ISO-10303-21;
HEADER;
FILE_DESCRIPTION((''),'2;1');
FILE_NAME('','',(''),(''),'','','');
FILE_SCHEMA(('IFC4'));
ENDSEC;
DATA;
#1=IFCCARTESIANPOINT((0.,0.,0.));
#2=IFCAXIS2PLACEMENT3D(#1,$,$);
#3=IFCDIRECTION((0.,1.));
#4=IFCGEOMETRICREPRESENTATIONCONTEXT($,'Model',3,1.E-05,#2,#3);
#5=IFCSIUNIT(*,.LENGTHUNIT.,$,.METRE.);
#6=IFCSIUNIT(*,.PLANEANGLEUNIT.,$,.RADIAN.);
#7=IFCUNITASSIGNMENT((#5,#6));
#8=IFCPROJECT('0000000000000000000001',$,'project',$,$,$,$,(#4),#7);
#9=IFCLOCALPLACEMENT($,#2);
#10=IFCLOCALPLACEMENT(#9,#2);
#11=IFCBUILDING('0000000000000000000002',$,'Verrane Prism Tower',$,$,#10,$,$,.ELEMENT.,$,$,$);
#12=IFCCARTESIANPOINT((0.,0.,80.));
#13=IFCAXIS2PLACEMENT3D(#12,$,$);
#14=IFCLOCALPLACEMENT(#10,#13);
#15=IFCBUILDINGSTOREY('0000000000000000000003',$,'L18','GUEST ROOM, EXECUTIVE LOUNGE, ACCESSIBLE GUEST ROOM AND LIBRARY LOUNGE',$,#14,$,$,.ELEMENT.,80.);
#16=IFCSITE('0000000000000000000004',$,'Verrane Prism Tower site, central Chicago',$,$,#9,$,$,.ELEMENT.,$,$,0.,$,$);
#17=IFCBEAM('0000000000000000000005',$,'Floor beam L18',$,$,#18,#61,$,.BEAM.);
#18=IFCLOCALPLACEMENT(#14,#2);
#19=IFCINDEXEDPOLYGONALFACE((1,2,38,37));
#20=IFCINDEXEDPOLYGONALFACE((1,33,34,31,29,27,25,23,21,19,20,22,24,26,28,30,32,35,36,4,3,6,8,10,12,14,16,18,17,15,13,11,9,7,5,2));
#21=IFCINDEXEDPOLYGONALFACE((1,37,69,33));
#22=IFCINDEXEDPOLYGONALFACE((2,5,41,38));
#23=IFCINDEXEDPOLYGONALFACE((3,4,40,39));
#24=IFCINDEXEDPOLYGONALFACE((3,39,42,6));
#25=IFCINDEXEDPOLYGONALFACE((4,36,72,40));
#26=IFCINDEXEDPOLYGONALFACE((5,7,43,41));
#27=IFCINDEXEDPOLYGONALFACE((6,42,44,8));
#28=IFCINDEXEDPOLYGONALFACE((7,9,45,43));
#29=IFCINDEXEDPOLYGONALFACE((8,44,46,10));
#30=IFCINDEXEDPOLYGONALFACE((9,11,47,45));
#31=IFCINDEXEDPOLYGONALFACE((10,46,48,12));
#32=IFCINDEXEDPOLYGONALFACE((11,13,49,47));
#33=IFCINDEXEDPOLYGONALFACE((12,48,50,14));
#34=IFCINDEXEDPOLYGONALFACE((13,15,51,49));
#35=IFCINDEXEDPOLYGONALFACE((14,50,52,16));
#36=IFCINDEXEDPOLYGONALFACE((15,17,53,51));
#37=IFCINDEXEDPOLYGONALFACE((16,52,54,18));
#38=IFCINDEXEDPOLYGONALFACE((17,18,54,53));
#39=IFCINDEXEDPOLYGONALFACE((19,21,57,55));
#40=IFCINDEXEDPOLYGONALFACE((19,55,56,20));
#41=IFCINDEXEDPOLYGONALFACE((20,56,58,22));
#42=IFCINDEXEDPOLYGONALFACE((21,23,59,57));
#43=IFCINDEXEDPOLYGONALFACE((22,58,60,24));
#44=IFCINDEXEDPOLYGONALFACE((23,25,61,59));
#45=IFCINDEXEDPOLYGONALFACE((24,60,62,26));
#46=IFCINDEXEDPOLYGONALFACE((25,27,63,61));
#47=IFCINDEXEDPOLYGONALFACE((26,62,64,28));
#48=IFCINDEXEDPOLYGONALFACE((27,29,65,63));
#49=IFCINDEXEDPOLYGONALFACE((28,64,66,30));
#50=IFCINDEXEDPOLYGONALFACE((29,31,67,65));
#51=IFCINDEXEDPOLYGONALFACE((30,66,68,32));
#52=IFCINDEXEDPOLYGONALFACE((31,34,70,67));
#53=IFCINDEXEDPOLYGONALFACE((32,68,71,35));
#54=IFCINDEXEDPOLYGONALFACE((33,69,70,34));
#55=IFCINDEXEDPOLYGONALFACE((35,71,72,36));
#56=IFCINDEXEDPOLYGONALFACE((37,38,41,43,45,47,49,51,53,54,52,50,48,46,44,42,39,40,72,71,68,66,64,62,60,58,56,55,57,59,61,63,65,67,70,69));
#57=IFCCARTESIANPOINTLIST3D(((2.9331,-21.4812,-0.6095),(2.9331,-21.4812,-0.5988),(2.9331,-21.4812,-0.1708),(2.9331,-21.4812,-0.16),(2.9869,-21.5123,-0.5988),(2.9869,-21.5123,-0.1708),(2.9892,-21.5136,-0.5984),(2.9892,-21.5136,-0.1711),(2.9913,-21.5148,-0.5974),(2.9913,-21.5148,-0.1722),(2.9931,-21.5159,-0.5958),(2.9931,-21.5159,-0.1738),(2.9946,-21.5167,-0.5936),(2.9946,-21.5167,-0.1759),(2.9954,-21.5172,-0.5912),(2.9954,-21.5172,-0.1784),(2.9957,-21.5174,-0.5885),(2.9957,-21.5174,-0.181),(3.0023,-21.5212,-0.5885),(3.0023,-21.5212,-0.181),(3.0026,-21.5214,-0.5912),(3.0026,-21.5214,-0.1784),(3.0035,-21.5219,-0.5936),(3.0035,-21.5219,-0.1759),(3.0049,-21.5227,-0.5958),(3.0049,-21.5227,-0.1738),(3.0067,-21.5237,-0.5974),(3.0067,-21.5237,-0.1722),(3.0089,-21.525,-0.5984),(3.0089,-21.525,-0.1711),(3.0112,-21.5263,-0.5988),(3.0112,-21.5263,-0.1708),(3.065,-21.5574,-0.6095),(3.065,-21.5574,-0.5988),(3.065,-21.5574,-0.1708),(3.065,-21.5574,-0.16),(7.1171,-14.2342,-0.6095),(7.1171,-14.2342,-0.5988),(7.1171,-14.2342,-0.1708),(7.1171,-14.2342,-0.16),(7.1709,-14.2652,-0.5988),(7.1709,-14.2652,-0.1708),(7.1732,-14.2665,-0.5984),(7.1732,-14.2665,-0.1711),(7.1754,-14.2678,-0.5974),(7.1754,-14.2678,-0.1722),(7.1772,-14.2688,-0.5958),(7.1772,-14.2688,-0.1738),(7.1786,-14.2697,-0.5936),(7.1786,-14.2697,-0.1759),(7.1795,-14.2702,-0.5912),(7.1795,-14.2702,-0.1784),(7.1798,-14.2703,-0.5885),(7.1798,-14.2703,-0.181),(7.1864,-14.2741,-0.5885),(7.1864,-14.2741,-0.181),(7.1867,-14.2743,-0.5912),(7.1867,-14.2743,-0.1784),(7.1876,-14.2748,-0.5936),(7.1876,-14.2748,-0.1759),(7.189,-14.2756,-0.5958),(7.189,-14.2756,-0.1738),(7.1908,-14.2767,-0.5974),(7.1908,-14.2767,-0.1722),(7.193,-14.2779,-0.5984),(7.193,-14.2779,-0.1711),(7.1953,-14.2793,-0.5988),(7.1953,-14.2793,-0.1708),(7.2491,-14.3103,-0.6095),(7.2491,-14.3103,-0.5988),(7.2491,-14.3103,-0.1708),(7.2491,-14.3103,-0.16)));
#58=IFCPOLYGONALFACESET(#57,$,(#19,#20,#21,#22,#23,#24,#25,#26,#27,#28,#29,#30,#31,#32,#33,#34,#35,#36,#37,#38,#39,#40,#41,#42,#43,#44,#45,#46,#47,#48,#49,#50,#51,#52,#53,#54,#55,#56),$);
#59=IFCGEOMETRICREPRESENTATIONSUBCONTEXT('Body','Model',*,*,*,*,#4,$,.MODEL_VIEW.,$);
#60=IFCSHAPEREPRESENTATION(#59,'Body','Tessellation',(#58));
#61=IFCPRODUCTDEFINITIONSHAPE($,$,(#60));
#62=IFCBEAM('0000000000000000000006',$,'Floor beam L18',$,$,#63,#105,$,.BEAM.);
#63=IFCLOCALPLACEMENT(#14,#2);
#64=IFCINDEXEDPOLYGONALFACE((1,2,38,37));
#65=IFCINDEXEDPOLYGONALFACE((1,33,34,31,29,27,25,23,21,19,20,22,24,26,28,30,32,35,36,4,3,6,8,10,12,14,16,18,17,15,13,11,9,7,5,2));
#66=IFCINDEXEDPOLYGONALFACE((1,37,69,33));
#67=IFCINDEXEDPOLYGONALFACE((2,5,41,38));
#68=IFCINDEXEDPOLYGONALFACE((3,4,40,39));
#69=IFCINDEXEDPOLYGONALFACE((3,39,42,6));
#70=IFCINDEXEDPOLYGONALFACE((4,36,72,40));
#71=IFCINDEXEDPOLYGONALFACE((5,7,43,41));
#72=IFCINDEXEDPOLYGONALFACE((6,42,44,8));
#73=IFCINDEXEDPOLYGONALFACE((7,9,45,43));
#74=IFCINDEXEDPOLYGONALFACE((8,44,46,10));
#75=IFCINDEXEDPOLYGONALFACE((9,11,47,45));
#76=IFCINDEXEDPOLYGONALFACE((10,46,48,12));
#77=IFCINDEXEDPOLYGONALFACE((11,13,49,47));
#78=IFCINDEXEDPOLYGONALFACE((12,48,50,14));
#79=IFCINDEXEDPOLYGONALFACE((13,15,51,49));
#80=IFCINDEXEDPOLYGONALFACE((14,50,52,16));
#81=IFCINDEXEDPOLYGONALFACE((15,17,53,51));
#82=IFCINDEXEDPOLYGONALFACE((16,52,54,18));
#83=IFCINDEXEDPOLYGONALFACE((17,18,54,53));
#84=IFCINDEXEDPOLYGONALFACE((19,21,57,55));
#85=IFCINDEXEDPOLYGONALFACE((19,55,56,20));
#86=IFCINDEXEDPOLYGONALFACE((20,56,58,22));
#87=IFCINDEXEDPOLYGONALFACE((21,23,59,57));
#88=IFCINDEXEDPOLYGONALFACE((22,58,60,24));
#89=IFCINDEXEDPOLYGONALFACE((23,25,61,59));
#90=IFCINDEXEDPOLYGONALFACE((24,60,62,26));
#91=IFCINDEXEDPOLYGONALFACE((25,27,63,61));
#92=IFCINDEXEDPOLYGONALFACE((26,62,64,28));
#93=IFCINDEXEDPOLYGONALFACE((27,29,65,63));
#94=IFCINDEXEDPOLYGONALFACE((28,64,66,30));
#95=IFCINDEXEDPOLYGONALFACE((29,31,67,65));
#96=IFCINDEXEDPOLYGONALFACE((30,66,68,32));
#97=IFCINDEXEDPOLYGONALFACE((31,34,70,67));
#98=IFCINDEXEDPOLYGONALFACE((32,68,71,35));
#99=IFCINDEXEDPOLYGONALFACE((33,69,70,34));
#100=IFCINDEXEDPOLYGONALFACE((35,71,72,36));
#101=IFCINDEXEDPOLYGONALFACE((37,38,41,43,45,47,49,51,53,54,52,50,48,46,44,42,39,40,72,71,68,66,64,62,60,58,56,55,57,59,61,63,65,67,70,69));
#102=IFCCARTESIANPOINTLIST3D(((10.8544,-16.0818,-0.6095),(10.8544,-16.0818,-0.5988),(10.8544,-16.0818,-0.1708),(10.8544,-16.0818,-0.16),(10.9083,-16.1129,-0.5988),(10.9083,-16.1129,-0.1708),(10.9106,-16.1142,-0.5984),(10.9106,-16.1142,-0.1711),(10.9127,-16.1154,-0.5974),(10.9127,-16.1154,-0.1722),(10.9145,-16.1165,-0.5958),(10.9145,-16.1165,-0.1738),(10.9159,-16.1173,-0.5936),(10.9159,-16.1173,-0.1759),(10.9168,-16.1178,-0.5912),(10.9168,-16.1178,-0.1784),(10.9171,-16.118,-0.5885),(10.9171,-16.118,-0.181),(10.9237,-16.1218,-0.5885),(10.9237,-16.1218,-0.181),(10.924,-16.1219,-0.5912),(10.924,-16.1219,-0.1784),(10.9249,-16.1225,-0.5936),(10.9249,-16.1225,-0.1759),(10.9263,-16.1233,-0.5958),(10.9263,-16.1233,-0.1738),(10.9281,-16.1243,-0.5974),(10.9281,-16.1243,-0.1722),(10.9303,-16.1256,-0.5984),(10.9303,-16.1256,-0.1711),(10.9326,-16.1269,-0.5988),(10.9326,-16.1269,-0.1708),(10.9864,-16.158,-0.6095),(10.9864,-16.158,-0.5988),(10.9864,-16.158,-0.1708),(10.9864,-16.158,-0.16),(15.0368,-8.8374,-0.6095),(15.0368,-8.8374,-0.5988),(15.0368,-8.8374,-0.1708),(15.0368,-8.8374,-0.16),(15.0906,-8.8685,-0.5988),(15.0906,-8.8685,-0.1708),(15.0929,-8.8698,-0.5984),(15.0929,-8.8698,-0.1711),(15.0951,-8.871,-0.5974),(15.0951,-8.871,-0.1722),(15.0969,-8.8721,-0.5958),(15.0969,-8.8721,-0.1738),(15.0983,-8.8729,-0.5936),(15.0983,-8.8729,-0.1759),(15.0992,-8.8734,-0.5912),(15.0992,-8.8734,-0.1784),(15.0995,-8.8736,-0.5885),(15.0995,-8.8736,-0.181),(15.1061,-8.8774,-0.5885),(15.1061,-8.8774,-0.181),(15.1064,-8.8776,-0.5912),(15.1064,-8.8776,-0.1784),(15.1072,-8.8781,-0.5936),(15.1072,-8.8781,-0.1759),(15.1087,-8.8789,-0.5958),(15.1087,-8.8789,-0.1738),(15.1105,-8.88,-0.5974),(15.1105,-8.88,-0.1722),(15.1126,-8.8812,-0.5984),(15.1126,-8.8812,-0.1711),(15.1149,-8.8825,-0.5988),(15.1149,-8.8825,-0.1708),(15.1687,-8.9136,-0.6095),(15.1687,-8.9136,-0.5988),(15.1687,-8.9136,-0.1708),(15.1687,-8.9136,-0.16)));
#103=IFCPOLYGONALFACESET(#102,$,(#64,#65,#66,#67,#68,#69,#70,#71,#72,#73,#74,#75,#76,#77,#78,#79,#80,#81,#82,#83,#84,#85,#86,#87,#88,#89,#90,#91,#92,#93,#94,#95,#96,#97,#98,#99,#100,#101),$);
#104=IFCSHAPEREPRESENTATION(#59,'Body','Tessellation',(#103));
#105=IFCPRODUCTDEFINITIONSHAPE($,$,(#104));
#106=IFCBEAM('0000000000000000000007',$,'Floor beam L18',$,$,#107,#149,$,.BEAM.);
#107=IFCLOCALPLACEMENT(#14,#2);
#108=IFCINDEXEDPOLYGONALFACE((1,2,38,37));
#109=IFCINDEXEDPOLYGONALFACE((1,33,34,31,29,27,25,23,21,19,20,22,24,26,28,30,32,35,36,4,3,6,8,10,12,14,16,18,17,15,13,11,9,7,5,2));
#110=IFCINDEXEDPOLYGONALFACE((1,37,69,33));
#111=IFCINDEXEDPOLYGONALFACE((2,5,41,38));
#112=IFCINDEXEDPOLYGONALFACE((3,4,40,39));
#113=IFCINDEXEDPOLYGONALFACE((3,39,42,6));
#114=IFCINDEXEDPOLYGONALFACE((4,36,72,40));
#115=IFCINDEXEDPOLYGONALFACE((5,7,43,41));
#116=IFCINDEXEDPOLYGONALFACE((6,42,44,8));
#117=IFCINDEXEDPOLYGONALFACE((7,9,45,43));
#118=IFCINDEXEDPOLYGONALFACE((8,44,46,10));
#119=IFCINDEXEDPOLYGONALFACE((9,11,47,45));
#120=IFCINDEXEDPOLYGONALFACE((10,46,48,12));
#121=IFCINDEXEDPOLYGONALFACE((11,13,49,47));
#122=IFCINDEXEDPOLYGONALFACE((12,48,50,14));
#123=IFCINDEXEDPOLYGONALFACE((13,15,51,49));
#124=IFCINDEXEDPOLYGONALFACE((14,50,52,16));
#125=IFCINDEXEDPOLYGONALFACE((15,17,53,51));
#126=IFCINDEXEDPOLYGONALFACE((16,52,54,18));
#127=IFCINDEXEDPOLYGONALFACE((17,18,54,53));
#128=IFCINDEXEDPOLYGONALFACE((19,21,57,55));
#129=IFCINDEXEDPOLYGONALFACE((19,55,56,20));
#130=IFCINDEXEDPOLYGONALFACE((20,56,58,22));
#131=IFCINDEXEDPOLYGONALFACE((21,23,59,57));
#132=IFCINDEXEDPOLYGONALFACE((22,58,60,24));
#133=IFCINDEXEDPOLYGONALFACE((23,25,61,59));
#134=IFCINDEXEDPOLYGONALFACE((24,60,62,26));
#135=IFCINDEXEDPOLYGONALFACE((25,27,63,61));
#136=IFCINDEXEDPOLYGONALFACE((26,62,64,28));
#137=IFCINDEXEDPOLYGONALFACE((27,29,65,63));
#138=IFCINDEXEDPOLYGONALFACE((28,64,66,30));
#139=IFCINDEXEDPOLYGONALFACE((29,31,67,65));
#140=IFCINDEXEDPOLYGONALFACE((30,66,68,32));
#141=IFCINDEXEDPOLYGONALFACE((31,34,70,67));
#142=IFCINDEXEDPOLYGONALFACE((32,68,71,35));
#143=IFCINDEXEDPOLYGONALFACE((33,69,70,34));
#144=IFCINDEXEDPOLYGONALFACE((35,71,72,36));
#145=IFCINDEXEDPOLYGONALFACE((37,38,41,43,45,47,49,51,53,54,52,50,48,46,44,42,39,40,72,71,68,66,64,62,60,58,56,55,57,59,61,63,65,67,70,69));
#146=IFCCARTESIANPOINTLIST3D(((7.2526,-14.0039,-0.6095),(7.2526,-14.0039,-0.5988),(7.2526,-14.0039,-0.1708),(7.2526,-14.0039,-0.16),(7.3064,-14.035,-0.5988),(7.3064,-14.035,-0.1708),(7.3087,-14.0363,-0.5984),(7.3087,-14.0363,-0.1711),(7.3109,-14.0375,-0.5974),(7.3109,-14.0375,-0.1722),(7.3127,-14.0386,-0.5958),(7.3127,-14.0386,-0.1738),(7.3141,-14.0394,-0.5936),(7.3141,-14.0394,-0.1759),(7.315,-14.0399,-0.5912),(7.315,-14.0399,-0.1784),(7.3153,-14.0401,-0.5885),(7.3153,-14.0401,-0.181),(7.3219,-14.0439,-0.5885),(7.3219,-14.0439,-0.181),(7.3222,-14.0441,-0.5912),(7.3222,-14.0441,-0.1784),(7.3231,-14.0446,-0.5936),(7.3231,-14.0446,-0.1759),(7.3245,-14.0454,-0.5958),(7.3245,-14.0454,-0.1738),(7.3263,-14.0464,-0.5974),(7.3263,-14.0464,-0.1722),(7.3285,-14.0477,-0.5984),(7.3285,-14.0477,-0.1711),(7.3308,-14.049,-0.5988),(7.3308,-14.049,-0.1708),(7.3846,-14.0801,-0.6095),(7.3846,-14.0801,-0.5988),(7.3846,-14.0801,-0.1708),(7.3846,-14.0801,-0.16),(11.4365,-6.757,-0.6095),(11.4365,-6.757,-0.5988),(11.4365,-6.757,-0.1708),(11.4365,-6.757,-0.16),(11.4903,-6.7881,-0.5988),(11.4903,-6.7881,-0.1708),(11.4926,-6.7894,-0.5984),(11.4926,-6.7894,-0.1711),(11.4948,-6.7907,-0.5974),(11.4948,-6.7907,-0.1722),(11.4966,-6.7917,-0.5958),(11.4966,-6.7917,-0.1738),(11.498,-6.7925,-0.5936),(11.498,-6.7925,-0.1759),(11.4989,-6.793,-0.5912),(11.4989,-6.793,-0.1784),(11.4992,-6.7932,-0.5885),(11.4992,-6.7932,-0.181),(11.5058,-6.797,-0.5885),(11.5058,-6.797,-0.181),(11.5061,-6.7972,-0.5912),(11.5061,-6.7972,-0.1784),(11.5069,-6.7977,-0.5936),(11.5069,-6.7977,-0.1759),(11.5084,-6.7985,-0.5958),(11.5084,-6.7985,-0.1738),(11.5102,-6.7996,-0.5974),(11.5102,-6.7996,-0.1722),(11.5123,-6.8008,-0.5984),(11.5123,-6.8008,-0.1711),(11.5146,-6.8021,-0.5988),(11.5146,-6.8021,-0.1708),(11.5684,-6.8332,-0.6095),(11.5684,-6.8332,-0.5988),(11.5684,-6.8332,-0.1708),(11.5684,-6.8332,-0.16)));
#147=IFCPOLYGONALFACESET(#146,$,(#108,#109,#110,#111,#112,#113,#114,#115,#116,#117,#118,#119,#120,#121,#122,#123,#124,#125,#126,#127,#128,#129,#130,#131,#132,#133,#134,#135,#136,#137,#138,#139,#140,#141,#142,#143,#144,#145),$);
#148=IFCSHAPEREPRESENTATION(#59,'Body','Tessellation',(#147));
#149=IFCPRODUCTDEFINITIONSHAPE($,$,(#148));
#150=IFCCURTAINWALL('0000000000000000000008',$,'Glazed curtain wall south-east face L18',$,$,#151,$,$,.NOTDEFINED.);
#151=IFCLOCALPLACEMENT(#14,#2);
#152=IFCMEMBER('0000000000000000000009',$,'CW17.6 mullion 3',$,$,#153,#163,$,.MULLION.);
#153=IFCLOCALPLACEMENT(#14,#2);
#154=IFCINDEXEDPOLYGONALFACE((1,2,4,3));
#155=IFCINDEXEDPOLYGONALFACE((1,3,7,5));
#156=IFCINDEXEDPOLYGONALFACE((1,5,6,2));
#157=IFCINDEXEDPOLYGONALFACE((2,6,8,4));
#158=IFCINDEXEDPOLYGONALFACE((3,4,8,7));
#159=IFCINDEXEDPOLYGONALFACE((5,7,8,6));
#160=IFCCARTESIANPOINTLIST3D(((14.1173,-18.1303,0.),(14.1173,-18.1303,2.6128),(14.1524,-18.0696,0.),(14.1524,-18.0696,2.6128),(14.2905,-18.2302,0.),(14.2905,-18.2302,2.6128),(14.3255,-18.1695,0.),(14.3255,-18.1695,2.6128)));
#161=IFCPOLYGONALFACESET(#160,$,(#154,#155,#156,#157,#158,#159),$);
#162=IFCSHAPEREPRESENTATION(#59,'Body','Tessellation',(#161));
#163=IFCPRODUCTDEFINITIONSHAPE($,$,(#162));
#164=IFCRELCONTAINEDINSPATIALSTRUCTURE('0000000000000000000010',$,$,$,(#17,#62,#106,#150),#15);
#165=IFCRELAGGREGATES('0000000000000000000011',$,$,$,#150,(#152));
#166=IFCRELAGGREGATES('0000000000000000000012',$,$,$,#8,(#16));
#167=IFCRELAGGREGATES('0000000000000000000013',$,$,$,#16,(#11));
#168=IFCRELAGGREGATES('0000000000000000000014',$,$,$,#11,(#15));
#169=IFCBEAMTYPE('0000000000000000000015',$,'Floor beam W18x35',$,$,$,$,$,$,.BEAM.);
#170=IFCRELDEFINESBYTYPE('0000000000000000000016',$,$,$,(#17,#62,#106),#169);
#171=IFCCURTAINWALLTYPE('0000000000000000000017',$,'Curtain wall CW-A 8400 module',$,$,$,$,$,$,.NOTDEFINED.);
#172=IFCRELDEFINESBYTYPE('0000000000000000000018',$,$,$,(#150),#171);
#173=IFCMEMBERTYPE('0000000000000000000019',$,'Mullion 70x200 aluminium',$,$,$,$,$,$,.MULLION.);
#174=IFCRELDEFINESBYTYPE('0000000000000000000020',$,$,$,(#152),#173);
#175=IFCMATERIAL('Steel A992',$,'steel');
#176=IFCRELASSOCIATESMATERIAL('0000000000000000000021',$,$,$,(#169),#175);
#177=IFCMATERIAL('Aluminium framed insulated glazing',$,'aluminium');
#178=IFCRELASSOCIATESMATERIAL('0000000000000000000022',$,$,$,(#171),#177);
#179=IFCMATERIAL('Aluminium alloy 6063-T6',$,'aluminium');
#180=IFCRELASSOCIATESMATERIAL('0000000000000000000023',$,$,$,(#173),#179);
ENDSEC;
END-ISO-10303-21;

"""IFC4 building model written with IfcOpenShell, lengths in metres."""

from ifc_helpers import new_model, si_unit, direction, frame, origin, origin_2d, place, context, subcontext, project, spatial, rectangle, i_section, extrude, material, material_profile, profile_set, type_object, element, aggregate, save


model = new_model("IFC4")

# Units and contexts
model_context = context("Model", 3, precision=1e-05, world=origin(), true_north=direction((0.0, 1.0)))
body_context = subcontext(model_context, "Body", "Model", "MODEL_VIEW")
ifc_project = project(units=[si_unit("LENGTHUNIT", "METRE"), si_unit("PLANEANGLEUNIT", "RADIAN")], contexts=[model_context])

# Site, building, storey
site_placement = place(None, origin())
site = spatial("IfcSite", under=ifc_project, at=site_placement, Name="Verrane Prism Tower site, central Chicago", CompositionType="ELEMENT", RefElevation=0.0)
building_placement = place(site_placement, origin())
building = spatial("IfcBuilding", under=site, at=building_placement, Name="Verrane Prism Tower", CompositionType="ELEMENT")
storey_placement = place(building_placement, frame((0.0, 0.0, 80.0)))
storey = spatial("IfcBuildingStorey", under=building, at=storey_placement, Name="L18", Description="GUEST ROOM, EXECUTIVE LOUNGE, ACCESSIBLE GUEST ROOM AND LIBRARY LOUNGE", CompositionType="ELEMENT", Elevation=80.0)

# Beams
ifc_material_1 = material(Name="Steel A992", Category="steel")
ifc_material_profile_1 = material_profile(ifc_material_1, i_section(OverallWidth=0.1523, OverallDepth=0.4495, WebThickness=0.0076, FlangeThickness=0.0107, FilletRadius=0.0103, at=origin_2d()), Name="W18x35")
ifc_profile_set_1 = profile_set([ifc_material_profile_1], Name="Steel A992")
beam_type_1 = type_object("IfcBeamType", Name="Floor beam W18x35", PredefinedType="BEAM", material=ifc_profile_set_1)
beam_1_placement = place(storey_placement, frame((2.999, -21.5193, -0.3848), z_axis=(0.499999, 0.866026, 0.0), x_axis=(-0.866026, 0.499999, 0.0)))
element("IfcBeam", 1, at=beam_1_placement, inside=storey, type_object=beam_type_1, Name="Floor beam L18", PredefinedType="BEAM", context=body_context, shape_type="SweptSolid", body=[
    extrude(i_section(OverallWidth=0.1523, OverallDepth=0.4495, WebThickness=0.0076, FlangeThickness=0.0107, FilletRadius=0.0103, at=origin_2d()), origin(), (0.0, 0.0, 1.0), 8.3682),
])
beam_2_placement = place(storey_placement, frame((10.9204, -16.1199, -0.3848), z_axis=(0.499984, 0.866034, 0.0), x_axis=(-0.866034, 0.499984, 0.0)))
element("IfcBeam", 2, at=beam_2_placement, inside=storey, type_object=beam_type_1, Name="Floor beam L18", PredefinedType="BEAM", context=body_context, shape_type="SweptSolid", body=[
    extrude(i_section(OverallWidth=0.1523, OverallDepth=0.4495, WebThickness=0.0076, FlangeThickness=0.0107, FilletRadius=0.0103, at=origin_2d()), origin(), (0.0, 0.0, 1.0), 8.365),
])
beam_3_placement = place(storey_placement, frame((7.3186, -14.042, -0.3848), z_axis=(0.499989, 0.866032, 0.0), x_axis=(-0.866032, 0.499989, 0.0)))
element("IfcBeam", 3, at=beam_3_placement, inside=storey, type_object=beam_type_1, Name="Floor beam L18", PredefinedType="BEAM", context=body_context, shape_type="SweptSolid", body=[
    extrude(i_section(OverallWidth=0.1523, OverallDepth=0.4495, WebThickness=0.0076, FlangeThickness=0.0107, FilletRadius=0.0103, at=origin_2d()), origin(), (0.0, 0.0, 1.0), 8.3679),
])

# Curtain wall, member
ifc_material_2 = material(Name="Aluminium framed insulated glazing", Category="aluminium")
curtain_wall_type = type_object("IfcCurtainWallType", Name="Curtain wall CW-A 8400 module", PredefinedType="NOTDEFINED", material=ifc_material_2)
curtain_wall_placement = place(storey_placement, origin())
curtain_wall = element("IfcCurtainWall", 4, at=curtain_wall_placement, inside=storey, type_object=curtain_wall_type, Name="Glazed curtain wall south-east face L18", PredefinedType="NOTDEFINED")
ifc_material_3 = material(Name="Aluminium alloy 6063-T6", Category="aluminium")
ifc_material_profile_2 = material_profile(ifc_material_3, rectangle(XDim=0.2, YDim=0.0701, at=origin_2d()), Name="Mullion 70x200 aluminium")
ifc_profile_set_2 = profile_set([ifc_material_profile_2], Name="Aluminium alloy 6063-T6")
member_type_1 = type_object("IfcMemberType", Name="Mullion 70x200 aluminium", PredefinedType="MULLION", material=ifc_profile_set_2)
member_1_placement = place(storey_placement, frame((14.2214, -18.1499, 0.0), z_axis=(0.0, 0.0, 1.0), x_axis=(-0.866026, 0.499999, 0.0)))
member_1 = element("IfcMember", 5, at=member_1_placement, type_object=member_type_1, Name="CW17.6 mullion 3", PredefinedType="MULLION", context=body_context, shape_type="SweptSolid", body=[
    extrude(rectangle(XDim=0.2, YDim=0.0701, at=origin_2d()), origin(), (0.0, 0.0, 1.0), 2.6128),
])

aggregate(curtain_wall, [member_1])

save(model, "model.ifc")
